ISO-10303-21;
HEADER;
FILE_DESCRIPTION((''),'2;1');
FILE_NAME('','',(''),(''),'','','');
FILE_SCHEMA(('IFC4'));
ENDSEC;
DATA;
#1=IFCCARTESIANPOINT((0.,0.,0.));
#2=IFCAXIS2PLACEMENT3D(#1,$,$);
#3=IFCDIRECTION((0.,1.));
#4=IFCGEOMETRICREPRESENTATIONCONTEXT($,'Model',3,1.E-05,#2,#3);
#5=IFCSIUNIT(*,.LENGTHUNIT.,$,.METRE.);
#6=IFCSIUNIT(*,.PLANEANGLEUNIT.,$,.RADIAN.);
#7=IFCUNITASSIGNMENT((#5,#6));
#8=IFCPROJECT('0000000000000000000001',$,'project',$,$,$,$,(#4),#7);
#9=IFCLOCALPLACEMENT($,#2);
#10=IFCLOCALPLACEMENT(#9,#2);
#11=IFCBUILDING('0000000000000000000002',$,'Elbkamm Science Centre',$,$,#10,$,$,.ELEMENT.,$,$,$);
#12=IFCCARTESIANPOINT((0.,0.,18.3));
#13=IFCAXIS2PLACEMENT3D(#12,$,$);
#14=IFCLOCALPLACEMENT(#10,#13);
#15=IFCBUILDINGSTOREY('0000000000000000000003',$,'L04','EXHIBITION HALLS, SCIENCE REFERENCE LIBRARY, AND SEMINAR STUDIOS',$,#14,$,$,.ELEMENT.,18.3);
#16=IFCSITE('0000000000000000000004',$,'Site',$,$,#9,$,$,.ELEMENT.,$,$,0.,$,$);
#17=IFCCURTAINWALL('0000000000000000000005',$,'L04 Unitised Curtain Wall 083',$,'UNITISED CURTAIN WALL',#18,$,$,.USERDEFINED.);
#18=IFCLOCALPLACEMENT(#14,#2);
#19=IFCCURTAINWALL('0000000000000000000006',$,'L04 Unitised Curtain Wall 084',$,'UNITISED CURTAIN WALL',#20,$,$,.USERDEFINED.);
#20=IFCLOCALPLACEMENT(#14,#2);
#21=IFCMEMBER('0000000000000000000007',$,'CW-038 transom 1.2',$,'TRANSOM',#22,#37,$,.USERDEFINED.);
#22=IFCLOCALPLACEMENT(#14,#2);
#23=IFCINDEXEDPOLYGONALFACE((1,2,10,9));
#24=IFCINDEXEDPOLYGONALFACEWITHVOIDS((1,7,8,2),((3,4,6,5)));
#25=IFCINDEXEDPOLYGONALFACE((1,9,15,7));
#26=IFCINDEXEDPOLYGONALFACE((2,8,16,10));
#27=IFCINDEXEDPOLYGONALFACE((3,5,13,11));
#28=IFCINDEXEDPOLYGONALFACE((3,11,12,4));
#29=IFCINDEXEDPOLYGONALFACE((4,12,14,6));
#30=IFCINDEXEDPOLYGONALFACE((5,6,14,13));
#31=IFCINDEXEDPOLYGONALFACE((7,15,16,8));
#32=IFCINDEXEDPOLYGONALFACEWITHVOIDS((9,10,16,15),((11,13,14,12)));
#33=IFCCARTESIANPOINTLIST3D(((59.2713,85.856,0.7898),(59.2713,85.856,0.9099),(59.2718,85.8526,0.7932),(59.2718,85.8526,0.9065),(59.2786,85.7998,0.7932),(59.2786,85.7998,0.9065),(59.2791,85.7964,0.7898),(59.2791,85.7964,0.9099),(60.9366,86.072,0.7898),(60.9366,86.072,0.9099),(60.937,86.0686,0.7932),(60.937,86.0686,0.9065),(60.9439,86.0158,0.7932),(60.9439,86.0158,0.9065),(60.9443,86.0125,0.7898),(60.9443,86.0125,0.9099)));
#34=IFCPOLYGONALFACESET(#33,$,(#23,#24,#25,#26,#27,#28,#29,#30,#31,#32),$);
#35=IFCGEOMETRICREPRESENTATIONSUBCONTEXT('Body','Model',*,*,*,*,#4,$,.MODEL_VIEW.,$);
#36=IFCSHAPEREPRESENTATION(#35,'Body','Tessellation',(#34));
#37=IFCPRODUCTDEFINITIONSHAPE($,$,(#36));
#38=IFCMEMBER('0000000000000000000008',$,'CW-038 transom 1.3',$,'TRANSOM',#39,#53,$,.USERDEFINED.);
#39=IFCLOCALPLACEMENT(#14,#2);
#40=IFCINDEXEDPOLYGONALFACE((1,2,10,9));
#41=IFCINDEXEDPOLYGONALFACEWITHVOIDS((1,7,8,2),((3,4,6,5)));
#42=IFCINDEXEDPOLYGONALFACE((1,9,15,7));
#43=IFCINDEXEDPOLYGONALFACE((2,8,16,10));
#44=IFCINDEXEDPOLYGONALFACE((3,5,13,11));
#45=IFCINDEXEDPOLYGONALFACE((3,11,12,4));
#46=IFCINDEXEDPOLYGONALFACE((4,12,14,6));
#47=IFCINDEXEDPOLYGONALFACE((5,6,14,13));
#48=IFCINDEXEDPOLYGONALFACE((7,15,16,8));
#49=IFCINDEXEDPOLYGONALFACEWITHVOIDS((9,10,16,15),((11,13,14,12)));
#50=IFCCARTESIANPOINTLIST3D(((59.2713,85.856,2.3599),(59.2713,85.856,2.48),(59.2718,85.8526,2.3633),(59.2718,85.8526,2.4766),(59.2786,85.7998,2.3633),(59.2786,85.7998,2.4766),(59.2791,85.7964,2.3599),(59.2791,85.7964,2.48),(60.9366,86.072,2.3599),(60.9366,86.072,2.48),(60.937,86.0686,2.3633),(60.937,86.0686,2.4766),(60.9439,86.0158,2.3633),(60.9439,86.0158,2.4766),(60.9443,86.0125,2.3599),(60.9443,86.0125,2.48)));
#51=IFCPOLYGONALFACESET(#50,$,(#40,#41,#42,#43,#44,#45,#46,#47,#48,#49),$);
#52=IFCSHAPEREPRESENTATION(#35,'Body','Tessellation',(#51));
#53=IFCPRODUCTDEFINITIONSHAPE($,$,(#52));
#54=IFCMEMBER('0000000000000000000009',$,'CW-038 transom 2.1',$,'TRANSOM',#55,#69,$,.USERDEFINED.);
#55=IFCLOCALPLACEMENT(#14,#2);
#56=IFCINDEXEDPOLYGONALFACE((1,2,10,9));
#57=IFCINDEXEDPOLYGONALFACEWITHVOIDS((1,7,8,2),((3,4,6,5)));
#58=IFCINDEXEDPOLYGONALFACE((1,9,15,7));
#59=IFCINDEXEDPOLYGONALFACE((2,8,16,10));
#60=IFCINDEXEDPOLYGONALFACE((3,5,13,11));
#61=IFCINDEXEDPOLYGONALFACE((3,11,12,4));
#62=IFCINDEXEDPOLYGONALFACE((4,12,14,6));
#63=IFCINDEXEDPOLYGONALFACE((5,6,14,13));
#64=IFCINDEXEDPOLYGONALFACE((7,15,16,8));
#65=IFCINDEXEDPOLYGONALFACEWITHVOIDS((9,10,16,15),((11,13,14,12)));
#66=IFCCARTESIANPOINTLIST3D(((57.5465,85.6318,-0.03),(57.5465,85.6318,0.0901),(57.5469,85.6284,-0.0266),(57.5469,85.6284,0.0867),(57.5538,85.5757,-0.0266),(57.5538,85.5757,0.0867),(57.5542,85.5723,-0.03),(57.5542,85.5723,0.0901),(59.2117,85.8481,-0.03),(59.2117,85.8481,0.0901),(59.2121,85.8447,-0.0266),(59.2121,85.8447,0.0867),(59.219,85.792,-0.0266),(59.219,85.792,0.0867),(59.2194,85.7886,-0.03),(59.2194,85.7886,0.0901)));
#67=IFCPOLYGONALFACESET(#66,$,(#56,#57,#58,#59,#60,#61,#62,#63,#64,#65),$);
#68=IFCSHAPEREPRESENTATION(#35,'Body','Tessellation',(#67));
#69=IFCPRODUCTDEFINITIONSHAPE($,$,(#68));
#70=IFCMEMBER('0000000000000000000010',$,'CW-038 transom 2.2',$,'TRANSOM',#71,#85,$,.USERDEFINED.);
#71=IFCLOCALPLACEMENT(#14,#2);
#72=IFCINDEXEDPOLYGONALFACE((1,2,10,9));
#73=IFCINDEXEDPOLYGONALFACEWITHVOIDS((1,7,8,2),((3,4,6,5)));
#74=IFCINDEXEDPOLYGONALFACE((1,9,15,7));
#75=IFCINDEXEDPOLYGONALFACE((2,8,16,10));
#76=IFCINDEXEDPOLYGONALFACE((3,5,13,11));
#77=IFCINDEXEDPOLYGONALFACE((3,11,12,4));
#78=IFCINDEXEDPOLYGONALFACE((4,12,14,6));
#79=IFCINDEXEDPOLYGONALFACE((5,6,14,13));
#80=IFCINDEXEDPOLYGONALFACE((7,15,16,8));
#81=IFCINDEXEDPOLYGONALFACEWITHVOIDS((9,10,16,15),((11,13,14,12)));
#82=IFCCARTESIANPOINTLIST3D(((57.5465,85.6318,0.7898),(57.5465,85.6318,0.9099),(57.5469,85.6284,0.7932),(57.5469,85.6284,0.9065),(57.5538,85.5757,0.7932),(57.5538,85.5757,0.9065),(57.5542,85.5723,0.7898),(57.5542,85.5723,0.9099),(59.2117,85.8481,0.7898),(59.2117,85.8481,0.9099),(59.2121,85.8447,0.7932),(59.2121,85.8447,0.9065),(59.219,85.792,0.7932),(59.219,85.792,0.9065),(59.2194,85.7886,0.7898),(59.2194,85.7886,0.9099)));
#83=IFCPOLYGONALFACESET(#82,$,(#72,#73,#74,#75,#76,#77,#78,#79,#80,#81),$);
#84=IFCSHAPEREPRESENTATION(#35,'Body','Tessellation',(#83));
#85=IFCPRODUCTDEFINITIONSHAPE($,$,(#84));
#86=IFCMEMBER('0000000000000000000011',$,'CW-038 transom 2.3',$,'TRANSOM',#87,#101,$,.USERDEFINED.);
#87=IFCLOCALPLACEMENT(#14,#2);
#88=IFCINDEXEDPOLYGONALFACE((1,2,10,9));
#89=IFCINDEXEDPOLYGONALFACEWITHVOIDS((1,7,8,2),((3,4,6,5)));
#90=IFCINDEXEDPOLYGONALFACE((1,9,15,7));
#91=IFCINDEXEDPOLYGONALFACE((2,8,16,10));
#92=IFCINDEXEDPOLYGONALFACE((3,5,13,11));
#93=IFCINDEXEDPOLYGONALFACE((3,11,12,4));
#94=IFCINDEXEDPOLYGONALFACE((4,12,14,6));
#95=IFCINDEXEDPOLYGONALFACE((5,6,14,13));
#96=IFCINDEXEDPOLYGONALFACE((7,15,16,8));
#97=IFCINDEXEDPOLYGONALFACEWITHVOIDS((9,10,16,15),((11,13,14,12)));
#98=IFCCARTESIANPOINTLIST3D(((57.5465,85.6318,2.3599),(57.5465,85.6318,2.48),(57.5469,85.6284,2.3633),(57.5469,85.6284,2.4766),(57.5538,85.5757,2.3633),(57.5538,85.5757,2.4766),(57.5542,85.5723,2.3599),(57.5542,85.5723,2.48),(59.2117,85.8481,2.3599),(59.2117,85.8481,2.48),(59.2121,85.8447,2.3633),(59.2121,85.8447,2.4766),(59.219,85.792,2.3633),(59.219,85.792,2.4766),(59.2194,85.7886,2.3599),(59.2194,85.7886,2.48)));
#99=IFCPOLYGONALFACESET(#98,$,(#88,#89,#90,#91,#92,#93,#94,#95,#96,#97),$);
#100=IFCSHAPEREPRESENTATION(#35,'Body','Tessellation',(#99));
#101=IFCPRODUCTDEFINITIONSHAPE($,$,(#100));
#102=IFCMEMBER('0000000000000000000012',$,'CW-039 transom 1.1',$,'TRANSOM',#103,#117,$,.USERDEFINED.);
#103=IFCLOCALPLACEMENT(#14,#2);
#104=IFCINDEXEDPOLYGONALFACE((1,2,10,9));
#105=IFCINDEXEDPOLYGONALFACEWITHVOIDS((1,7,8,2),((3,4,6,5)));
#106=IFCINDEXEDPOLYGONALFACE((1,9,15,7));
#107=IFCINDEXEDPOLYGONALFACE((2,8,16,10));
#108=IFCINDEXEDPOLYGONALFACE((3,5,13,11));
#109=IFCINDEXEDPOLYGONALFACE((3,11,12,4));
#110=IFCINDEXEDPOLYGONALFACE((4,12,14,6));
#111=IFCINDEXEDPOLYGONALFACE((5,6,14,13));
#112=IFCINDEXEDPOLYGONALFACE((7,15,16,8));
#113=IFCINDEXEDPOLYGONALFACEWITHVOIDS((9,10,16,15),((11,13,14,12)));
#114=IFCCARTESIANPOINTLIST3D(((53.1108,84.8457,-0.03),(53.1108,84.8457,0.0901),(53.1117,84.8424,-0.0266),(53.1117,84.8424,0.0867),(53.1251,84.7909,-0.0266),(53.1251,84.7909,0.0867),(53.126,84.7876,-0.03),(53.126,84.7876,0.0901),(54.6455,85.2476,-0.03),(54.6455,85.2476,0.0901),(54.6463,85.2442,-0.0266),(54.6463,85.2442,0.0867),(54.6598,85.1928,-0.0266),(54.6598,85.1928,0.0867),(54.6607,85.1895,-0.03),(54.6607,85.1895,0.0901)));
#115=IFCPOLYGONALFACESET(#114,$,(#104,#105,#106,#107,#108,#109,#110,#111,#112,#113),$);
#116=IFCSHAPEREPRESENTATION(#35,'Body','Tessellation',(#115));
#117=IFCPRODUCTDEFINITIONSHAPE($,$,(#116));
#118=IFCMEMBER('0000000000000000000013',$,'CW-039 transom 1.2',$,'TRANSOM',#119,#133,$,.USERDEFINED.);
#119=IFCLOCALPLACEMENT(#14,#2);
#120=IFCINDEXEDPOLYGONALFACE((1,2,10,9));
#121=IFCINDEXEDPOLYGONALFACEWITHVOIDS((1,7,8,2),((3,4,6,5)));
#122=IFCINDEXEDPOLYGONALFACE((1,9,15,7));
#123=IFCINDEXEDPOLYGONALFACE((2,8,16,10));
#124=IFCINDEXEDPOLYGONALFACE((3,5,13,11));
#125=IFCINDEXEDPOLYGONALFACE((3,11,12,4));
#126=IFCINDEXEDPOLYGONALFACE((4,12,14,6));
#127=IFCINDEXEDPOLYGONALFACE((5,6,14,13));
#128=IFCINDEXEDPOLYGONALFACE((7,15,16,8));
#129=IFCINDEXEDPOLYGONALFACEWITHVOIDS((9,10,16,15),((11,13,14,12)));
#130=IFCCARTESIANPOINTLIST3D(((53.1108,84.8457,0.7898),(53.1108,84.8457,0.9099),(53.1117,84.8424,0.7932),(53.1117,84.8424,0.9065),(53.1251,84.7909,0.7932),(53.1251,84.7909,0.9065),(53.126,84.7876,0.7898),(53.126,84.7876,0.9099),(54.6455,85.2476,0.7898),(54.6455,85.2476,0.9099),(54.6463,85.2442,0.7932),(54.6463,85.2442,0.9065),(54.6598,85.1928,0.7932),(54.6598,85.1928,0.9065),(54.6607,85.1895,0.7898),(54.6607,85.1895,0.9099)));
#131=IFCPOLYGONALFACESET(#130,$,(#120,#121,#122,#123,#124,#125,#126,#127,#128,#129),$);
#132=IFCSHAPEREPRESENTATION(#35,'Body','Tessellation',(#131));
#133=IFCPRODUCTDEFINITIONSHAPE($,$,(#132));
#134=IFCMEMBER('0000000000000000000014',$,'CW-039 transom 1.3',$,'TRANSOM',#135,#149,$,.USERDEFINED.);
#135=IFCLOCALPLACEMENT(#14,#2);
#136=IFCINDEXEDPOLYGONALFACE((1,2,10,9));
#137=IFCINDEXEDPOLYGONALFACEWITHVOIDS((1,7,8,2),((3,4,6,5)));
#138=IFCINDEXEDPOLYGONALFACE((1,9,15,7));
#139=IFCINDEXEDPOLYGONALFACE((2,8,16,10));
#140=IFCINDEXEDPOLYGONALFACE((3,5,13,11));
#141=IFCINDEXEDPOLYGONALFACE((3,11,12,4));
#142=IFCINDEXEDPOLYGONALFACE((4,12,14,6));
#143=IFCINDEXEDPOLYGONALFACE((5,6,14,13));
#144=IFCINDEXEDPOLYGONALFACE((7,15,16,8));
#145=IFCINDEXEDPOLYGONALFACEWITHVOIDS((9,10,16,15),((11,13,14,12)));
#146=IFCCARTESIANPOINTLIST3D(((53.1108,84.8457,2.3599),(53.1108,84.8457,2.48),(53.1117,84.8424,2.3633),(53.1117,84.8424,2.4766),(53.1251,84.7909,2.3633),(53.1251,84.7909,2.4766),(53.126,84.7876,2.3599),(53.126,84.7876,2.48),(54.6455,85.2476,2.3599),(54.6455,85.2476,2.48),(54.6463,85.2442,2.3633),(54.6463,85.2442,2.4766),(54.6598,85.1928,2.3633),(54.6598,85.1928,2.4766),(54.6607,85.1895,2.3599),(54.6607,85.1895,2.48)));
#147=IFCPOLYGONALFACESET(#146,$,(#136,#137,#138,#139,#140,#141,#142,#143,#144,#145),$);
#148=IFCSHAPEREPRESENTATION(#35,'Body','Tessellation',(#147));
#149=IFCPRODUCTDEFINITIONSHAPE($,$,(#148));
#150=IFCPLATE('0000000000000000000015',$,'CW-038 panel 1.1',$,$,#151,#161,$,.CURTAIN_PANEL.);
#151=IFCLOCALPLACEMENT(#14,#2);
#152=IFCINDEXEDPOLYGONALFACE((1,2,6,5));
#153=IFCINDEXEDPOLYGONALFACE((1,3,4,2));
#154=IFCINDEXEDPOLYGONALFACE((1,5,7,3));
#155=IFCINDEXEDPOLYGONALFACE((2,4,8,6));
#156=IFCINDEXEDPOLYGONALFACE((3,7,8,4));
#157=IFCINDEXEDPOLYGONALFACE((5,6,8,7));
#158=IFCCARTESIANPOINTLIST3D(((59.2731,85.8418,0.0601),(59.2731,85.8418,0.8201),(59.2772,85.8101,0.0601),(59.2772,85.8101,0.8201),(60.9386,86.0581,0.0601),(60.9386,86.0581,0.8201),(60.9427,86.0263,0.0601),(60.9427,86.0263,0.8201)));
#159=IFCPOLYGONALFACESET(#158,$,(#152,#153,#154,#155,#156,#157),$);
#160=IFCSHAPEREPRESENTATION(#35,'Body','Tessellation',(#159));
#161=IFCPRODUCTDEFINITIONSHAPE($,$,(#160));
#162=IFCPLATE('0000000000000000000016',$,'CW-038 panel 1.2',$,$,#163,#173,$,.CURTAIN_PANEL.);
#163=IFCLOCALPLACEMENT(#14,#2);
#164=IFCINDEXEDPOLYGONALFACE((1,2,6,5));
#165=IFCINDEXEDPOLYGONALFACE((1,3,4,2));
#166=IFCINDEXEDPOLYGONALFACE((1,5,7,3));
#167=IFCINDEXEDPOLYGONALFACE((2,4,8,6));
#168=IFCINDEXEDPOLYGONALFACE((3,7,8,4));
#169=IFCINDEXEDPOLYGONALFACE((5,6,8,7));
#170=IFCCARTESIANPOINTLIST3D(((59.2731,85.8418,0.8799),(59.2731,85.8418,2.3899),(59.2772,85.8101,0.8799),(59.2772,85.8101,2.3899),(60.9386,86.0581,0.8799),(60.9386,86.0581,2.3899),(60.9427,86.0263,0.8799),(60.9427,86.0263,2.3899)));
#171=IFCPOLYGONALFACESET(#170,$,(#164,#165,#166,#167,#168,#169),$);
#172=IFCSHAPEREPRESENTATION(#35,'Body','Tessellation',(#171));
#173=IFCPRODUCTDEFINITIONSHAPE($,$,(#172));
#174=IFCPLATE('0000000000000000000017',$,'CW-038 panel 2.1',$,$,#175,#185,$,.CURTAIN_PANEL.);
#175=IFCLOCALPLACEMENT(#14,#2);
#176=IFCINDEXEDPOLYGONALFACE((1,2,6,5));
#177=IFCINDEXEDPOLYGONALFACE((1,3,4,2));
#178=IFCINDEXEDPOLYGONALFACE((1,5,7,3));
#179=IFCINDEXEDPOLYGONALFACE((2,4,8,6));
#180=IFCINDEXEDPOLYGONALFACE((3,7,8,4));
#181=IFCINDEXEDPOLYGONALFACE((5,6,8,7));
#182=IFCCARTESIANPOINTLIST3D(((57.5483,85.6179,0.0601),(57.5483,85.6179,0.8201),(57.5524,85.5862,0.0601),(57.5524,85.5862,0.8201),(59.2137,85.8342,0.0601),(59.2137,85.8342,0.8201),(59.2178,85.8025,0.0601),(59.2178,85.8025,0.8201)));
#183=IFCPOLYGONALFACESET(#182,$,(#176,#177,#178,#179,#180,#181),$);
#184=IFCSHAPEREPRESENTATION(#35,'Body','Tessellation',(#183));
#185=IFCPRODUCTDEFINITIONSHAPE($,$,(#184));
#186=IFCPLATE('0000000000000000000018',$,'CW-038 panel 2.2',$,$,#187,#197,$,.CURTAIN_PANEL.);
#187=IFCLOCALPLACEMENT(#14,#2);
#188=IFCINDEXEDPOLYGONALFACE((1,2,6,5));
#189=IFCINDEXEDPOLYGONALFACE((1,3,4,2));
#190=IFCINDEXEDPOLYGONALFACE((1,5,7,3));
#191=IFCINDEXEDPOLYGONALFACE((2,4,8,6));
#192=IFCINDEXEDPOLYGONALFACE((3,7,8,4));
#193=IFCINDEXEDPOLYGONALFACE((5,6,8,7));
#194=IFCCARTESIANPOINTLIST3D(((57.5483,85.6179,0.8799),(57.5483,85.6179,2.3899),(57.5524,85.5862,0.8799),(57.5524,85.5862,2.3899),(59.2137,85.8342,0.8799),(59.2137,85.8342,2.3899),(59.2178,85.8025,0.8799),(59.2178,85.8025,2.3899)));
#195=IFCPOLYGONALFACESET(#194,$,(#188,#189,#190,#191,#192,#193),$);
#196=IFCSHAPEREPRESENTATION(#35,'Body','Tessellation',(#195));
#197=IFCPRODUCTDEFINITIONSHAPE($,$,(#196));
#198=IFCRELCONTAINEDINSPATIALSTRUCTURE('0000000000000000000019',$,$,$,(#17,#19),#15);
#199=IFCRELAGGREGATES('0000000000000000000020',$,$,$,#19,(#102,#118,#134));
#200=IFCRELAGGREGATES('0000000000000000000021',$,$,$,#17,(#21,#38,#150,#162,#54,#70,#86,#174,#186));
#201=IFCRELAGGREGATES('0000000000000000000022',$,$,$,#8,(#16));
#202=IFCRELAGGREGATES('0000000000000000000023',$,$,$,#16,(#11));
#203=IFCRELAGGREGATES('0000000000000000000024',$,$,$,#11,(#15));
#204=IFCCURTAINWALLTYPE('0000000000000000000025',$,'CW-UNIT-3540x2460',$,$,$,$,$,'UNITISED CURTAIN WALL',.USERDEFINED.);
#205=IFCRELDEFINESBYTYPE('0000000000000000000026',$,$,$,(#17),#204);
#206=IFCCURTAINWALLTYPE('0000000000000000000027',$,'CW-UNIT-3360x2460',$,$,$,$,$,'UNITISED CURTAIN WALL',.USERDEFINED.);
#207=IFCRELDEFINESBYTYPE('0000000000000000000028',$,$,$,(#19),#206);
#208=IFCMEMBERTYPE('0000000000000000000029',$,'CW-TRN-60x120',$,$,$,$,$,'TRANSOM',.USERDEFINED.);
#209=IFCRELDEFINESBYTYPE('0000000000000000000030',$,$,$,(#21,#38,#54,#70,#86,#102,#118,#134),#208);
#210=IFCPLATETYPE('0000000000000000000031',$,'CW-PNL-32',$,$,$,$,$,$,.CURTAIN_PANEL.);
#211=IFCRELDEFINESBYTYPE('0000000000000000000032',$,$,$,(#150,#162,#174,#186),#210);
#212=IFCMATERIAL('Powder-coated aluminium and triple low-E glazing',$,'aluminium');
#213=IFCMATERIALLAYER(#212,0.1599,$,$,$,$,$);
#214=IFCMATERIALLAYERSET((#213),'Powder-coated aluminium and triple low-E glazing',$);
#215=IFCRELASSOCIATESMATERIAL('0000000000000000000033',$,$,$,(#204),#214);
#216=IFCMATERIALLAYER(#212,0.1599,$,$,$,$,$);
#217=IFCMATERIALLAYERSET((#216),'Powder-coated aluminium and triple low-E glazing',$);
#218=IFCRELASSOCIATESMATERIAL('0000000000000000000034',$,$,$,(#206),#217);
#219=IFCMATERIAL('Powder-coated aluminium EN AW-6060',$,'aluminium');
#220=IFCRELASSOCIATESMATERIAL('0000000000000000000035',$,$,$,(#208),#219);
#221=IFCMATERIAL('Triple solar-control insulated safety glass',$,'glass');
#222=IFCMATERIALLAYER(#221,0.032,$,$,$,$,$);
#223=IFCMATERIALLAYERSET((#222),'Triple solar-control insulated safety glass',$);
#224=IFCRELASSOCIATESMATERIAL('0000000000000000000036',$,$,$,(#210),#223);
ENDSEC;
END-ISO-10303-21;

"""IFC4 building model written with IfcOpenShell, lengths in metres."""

from ifc_helpers import new_model, si_unit, direction, frame, origin, origin_2d, place, context, subcontext, project, spatial, rectangle, hollow_rectangle, extrude, material, layer, layer_set, material_profile, profile_set, type_object, element, aggregate, save


model = new_model("IFC4")

# Units and contexts
model_context = context("Model", 3, precision=1e-05, world=origin(), true_north=direction((0.0, 1.0)))
body_context = subcontext(model_context, "Body", "Model", "MODEL_VIEW")
ifc_project = project(units=[si_unit("LENGTHUNIT", "METRE"), si_unit("PLANEANGLEUNIT", "RADIAN")], contexts=[model_context])

# Site, building, storey
site_placement = place(None, origin())
site = spatial("IfcSite", under=ifc_project, at=site_placement, Name="Site", CompositionType="ELEMENT", RefElevation=0.0)
building_placement = place(site_placement, origin())
building = spatial("IfcBuilding", under=site, at=building_placement, Name="Elbkamm Science Centre", CompositionType="ELEMENT")
storey_placement = place(building_placement, frame((0.0, 0.0, 18.3)))
storey = spatial("IfcBuildingStorey", under=building, at=storey_placement, Name="L04", Description="EXHIBITION HALLS, SCIENCE REFERENCE LIBRARY, AND SEMINAR STUDIOS", CompositionType="ELEMENT", Elevation=18.3)

# Curtain wall
ifc_material_1 = material(Name="Powder-coated aluminium and triple low-E glazing", Category="aluminium")
ifc_layer_1 = layer(ifc_material_1, 0.1599)
ifc_layer_set_1 = layer_set([ifc_layer_1], Name="Powder-coated aluminium and triple low-E glazing")
curtain_wall_type_1 = type_object("IfcCurtainWallType", Name="CW-UNIT-3540x2460", ElementType="UNITISED CURTAIN WALL", PredefinedType="USERDEFINED", material=ifc_layer_set_1)
curtain_wall_1_placement = place(storey_placement, origin())
curtain_wall_1 = element("IfcCurtainWall", 1, at=curtain_wall_1_placement, inside=storey, type_object=curtain_wall_type_1, Name="L04 Unitised Curtain Wall 083", ObjectType="UNITISED CURTAIN WALL", PredefinedType="USERDEFINED")
ifc_material_2 = material(Name="Powder-coated aluminium EN AW-6060", Category="aluminium")

# Curtain wall
ifc_layer_2 = layer(ifc_material_1, 0.1599)
ifc_layer_set_2 = layer_set([ifc_layer_2], Name="Powder-coated aluminium and triple low-E glazing")
curtain_wall_type_2 = type_object("IfcCurtainWallType", Name="CW-UNIT-3360x2460", ElementType="UNITISED CURTAIN WALL", PredefinedType="USERDEFINED", material=ifc_layer_set_2)
curtain_wall_2_placement = place(storey_placement, origin())
curtain_wall_2 = element("IfcCurtainWall", 2, at=curtain_wall_2_placement, inside=storey, type_object=curtain_wall_type_2, Name="L04 Unitised Curtain Wall 084", ObjectType="UNITISED CURTAIN WALL", PredefinedType="USERDEFINED")

# Members
ifc_material_profile_1 = material_profile(ifc_material_2, hollow_rectangle(XDim=0.0601, YDim=0.1201, WallThickness=0.0034, at=origin_2d()), Name="ALU T60x120")
ifc_profile_set_1 = profile_set([ifc_material_profile_1], Name="Powder-coated aluminium EN AW-6060")
member_type_1 = type_object("IfcMemberType", Name="CW-TRN-60x120", ElementType="TRANSOM", PredefinedType="USERDEFINED", material=ifc_profile_set_1)
member_1_placement = place(storey_placement, frame((60.9404, 86.0422, 0.8499), z_axis=(-0.991688, -0.128668, 0.0), x_axis=(0.128668, -0.991688, 0.0)))
member_1 = element("IfcMember", 3, at=member_1_placement, type_object=member_type_1, Name="CW-038 transom 1.2", ObjectType="TRANSOM", PredefinedType="USERDEFINED", context=body_context, shape_type="SweptSolid", body=[
    extrude(hollow_rectangle(XDim=0.0601, YDim=0.1201, WallThickness=0.0034, at=origin_2d()), origin(), (0.0, 0.0, 1.0), 1.6792),
])
member_2_placement = place(storey_placement, frame((60.9404, 86.0422, 2.4199), z_axis=(-0.991688, -0.128668, 0.0), x_axis=(0.128668, -0.991688, 0.0)))
member_2 = element("IfcMember", 4, at=member_2_placement, type_object=member_type_1, Name="CW-038 transom 1.3", ObjectType="TRANSOM", PredefinedType="USERDEFINED", context=body_context, shape_type="SweptSolid", body=[
    extrude(hollow_rectangle(XDim=0.0601, YDim=0.1201, WallThickness=0.0034, at=origin_2d()), origin(), (0.0, 0.0, 1.0), 1.6792),
])
member_3_placement = place(storey_placement, frame((59.2156, 85.8184, 0.03), z_axis=(-0.991669, -0.128811, 0.0), x_axis=(0.128811, -0.991669, 0.0)))
member_3 = element("IfcMember", 5, at=member_3_placement, type_object=member_type_1, Name="CW-038 transom 2.1", ObjectType="TRANSOM", PredefinedType="USERDEFINED", context=body_context, shape_type="SweptSolid", body=[
    extrude(hollow_rectangle(XDim=0.0601, YDim=0.1201, WallThickness=0.0034, at=origin_2d()), origin(), (0.0, 0.0, 1.0), 1.6792),
])
member_4_placement = place(storey_placement, frame((59.2156, 85.8184, 0.8499), z_axis=(-0.991669, -0.128811, 0.0), x_axis=(0.128811, -0.991669, 0.0)))
member_4 = element("IfcMember", 6, at=member_4_placement, type_object=member_type_1, Name="CW-038 transom 2.2", ObjectType="TRANSOM", PredefinedType="USERDEFINED", context=body_context, shape_type="SweptSolid", body=[
    extrude(hollow_rectangle(XDim=0.0601, YDim=0.1201, WallThickness=0.0034, at=origin_2d()), origin(), (0.0, 0.0, 1.0), 1.6792),
])
member_5_placement = place(storey_placement, frame((59.2156, 85.8184, 2.4199), z_axis=(-0.991669, -0.128811, 0.0), x_axis=(0.128811, -0.991669, 0.0)))
member_5 = element("IfcMember", 7, at=member_5_placement, type_object=member_type_1, Name="CW-038 transom 2.3", ObjectType="TRANSOM", PredefinedType="USERDEFINED", context=body_context, shape_type="SweptSolid", body=[
    extrude(hollow_rectangle(XDim=0.0601, YDim=0.1201, WallThickness=0.0034, at=origin_2d()), origin(), (0.0, 0.0, 1.0), 1.6792),
])
member_6_placement = place(storey_placement, frame((54.6531, 85.2185, 0.03), z_axis=(-0.967385, -0.253311, 0.0), x_axis=(0.253311, -0.967385, 0.0)))
member_6 = element("IfcMember", 8, at=member_6_placement, type_object=member_type_1, Name="CW-039 transom 1.1", ObjectType="TRANSOM", PredefinedType="USERDEFINED", context=body_context, shape_type="SweptSolid", body=[
    extrude(hollow_rectangle(XDim=0.0601, YDim=0.1201, WallThickness=0.0034, at=origin_2d()), origin(), (0.0, 0.0, 1.0), 1.5864),
])
member_7_placement = place(storey_placement, frame((54.6531, 85.2185, 0.8499), z_axis=(-0.967385, -0.253311, 0.0), x_axis=(0.253311, -0.967385, 0.0)))
member_7 = element("IfcMember", 9, at=member_7_placement, type_object=member_type_1, Name="CW-039 transom 1.2", ObjectType="TRANSOM", PredefinedType="USERDEFINED", context=body_context, shape_type="SweptSolid", body=[
    extrude(hollow_rectangle(XDim=0.0601, YDim=0.1201, WallThickness=0.0034, at=origin_2d()), origin(), (0.0, 0.0, 1.0), 1.5864),
])
member_8_placement = place(storey_placement, frame((54.6531, 85.2185, 2.4199), z_axis=(-0.967385, -0.253311, 0.0), x_axis=(0.253311, -0.967385, 0.0)))
member_8 = element("IfcMember", 10, at=member_8_placement, type_object=member_type_1, Name="CW-039 transom 1.3", ObjectType="TRANSOM", PredefinedType="USERDEFINED", context=body_context, shape_type="SweptSolid", body=[
    extrude(hollow_rectangle(XDim=0.0601, YDim=0.1201, WallThickness=0.0034, at=origin_2d()), origin(), (0.0, 0.0, 1.0), 1.5864),
])
aggregate(curtain_wall_2, [member_6, member_7, member_8])

# Plates
ifc_material_3 = material(Name="Triple solar-control insulated safety glass", Category="glass")
ifc_layer_3 = layer(ifc_material_3, 0.032)
ifc_layer_set_3 = layer_set([ifc_layer_3], Name="Triple solar-control insulated safety glass")
plate_type = type_object("IfcPlateType", Name="CW-PNL-32", PredefinedType="CURTAIN_PANEL", material=ifc_layer_set_3)
plate_1_placement = place(storey_placement, frame((60.1079, 85.9341, 0.0601), z_axis=(0.0, 0.0, 1.0), x_axis=(-0.991677, -0.12875, 0.0)))
plate_1 = element("IfcPlate", 11, at=plate_1_placement, type_object=plate_type, Name="CW-038 panel 1.1", PredefinedType="CURTAIN_PANEL", context=body_context, shape_type="SweptSolid", body=[
    extrude(rectangle(XDim=1.6794, YDim=0.032, at=origin_2d()), origin(), (0.0, 0.0, 1.0), 0.76),
])
plate_2_placement = place(storey_placement, frame((60.1079, 85.9341, 0.8799), z_axis=(0.0, 0.0, 1.0), x_axis=(-0.991677, -0.12875, 0.0)))
plate_2 = element("IfcPlate", 12, at=plate_2_placement, type_object=plate_type, Name="CW-038 panel 1.2", PredefinedType="CURTAIN_PANEL", context=body_context, shape_type="SweptSolid", body=[
    extrude(rectangle(XDim=1.6794, YDim=0.032, at=origin_2d()), origin(), (0.0, 0.0, 1.0), 1.51),
])
plate_3_placement = place(storey_placement, frame((58.3831, 85.7102, 0.0601), z_axis=(0.0, 0.0, 1.0), x_axis=(-0.991677, -0.12875, 0.0)))
plate_3 = element("IfcPlate", 13, at=plate_3_placement, type_object=plate_type, Name="CW-038 panel 2.1", PredefinedType="CURTAIN_PANEL", context=body_context, shape_type="SweptSolid", body=[
    extrude(rectangle(XDim=1.6794, YDim=0.032, at=origin_2d()), origin(), (0.0, 0.0, 1.0), 0.76),
])
plate_4_placement = place(storey_placement, frame((58.3831, 85.7102, 0.8799), z_axis=(0.0, 0.0, 1.0), x_axis=(-0.991677, -0.12875, 0.0)))
plate_4 = element("IfcPlate", 14, at=plate_4_placement, type_object=plate_type, Name="CW-038 panel 2.2", PredefinedType="CURTAIN_PANEL", context=body_context, shape_type="SweptSolid", body=[
    extrude(rectangle(XDim=1.6794, YDim=0.032, at=origin_2d()), origin(), (0.0, 0.0, 1.0), 1.51),
])
aggregate(curtain_wall_1, [member_1, member_2, plate_1, plate_2, member_3, member_4, member_5, plate_3, plate_4])

save(model, "model.ifc")
